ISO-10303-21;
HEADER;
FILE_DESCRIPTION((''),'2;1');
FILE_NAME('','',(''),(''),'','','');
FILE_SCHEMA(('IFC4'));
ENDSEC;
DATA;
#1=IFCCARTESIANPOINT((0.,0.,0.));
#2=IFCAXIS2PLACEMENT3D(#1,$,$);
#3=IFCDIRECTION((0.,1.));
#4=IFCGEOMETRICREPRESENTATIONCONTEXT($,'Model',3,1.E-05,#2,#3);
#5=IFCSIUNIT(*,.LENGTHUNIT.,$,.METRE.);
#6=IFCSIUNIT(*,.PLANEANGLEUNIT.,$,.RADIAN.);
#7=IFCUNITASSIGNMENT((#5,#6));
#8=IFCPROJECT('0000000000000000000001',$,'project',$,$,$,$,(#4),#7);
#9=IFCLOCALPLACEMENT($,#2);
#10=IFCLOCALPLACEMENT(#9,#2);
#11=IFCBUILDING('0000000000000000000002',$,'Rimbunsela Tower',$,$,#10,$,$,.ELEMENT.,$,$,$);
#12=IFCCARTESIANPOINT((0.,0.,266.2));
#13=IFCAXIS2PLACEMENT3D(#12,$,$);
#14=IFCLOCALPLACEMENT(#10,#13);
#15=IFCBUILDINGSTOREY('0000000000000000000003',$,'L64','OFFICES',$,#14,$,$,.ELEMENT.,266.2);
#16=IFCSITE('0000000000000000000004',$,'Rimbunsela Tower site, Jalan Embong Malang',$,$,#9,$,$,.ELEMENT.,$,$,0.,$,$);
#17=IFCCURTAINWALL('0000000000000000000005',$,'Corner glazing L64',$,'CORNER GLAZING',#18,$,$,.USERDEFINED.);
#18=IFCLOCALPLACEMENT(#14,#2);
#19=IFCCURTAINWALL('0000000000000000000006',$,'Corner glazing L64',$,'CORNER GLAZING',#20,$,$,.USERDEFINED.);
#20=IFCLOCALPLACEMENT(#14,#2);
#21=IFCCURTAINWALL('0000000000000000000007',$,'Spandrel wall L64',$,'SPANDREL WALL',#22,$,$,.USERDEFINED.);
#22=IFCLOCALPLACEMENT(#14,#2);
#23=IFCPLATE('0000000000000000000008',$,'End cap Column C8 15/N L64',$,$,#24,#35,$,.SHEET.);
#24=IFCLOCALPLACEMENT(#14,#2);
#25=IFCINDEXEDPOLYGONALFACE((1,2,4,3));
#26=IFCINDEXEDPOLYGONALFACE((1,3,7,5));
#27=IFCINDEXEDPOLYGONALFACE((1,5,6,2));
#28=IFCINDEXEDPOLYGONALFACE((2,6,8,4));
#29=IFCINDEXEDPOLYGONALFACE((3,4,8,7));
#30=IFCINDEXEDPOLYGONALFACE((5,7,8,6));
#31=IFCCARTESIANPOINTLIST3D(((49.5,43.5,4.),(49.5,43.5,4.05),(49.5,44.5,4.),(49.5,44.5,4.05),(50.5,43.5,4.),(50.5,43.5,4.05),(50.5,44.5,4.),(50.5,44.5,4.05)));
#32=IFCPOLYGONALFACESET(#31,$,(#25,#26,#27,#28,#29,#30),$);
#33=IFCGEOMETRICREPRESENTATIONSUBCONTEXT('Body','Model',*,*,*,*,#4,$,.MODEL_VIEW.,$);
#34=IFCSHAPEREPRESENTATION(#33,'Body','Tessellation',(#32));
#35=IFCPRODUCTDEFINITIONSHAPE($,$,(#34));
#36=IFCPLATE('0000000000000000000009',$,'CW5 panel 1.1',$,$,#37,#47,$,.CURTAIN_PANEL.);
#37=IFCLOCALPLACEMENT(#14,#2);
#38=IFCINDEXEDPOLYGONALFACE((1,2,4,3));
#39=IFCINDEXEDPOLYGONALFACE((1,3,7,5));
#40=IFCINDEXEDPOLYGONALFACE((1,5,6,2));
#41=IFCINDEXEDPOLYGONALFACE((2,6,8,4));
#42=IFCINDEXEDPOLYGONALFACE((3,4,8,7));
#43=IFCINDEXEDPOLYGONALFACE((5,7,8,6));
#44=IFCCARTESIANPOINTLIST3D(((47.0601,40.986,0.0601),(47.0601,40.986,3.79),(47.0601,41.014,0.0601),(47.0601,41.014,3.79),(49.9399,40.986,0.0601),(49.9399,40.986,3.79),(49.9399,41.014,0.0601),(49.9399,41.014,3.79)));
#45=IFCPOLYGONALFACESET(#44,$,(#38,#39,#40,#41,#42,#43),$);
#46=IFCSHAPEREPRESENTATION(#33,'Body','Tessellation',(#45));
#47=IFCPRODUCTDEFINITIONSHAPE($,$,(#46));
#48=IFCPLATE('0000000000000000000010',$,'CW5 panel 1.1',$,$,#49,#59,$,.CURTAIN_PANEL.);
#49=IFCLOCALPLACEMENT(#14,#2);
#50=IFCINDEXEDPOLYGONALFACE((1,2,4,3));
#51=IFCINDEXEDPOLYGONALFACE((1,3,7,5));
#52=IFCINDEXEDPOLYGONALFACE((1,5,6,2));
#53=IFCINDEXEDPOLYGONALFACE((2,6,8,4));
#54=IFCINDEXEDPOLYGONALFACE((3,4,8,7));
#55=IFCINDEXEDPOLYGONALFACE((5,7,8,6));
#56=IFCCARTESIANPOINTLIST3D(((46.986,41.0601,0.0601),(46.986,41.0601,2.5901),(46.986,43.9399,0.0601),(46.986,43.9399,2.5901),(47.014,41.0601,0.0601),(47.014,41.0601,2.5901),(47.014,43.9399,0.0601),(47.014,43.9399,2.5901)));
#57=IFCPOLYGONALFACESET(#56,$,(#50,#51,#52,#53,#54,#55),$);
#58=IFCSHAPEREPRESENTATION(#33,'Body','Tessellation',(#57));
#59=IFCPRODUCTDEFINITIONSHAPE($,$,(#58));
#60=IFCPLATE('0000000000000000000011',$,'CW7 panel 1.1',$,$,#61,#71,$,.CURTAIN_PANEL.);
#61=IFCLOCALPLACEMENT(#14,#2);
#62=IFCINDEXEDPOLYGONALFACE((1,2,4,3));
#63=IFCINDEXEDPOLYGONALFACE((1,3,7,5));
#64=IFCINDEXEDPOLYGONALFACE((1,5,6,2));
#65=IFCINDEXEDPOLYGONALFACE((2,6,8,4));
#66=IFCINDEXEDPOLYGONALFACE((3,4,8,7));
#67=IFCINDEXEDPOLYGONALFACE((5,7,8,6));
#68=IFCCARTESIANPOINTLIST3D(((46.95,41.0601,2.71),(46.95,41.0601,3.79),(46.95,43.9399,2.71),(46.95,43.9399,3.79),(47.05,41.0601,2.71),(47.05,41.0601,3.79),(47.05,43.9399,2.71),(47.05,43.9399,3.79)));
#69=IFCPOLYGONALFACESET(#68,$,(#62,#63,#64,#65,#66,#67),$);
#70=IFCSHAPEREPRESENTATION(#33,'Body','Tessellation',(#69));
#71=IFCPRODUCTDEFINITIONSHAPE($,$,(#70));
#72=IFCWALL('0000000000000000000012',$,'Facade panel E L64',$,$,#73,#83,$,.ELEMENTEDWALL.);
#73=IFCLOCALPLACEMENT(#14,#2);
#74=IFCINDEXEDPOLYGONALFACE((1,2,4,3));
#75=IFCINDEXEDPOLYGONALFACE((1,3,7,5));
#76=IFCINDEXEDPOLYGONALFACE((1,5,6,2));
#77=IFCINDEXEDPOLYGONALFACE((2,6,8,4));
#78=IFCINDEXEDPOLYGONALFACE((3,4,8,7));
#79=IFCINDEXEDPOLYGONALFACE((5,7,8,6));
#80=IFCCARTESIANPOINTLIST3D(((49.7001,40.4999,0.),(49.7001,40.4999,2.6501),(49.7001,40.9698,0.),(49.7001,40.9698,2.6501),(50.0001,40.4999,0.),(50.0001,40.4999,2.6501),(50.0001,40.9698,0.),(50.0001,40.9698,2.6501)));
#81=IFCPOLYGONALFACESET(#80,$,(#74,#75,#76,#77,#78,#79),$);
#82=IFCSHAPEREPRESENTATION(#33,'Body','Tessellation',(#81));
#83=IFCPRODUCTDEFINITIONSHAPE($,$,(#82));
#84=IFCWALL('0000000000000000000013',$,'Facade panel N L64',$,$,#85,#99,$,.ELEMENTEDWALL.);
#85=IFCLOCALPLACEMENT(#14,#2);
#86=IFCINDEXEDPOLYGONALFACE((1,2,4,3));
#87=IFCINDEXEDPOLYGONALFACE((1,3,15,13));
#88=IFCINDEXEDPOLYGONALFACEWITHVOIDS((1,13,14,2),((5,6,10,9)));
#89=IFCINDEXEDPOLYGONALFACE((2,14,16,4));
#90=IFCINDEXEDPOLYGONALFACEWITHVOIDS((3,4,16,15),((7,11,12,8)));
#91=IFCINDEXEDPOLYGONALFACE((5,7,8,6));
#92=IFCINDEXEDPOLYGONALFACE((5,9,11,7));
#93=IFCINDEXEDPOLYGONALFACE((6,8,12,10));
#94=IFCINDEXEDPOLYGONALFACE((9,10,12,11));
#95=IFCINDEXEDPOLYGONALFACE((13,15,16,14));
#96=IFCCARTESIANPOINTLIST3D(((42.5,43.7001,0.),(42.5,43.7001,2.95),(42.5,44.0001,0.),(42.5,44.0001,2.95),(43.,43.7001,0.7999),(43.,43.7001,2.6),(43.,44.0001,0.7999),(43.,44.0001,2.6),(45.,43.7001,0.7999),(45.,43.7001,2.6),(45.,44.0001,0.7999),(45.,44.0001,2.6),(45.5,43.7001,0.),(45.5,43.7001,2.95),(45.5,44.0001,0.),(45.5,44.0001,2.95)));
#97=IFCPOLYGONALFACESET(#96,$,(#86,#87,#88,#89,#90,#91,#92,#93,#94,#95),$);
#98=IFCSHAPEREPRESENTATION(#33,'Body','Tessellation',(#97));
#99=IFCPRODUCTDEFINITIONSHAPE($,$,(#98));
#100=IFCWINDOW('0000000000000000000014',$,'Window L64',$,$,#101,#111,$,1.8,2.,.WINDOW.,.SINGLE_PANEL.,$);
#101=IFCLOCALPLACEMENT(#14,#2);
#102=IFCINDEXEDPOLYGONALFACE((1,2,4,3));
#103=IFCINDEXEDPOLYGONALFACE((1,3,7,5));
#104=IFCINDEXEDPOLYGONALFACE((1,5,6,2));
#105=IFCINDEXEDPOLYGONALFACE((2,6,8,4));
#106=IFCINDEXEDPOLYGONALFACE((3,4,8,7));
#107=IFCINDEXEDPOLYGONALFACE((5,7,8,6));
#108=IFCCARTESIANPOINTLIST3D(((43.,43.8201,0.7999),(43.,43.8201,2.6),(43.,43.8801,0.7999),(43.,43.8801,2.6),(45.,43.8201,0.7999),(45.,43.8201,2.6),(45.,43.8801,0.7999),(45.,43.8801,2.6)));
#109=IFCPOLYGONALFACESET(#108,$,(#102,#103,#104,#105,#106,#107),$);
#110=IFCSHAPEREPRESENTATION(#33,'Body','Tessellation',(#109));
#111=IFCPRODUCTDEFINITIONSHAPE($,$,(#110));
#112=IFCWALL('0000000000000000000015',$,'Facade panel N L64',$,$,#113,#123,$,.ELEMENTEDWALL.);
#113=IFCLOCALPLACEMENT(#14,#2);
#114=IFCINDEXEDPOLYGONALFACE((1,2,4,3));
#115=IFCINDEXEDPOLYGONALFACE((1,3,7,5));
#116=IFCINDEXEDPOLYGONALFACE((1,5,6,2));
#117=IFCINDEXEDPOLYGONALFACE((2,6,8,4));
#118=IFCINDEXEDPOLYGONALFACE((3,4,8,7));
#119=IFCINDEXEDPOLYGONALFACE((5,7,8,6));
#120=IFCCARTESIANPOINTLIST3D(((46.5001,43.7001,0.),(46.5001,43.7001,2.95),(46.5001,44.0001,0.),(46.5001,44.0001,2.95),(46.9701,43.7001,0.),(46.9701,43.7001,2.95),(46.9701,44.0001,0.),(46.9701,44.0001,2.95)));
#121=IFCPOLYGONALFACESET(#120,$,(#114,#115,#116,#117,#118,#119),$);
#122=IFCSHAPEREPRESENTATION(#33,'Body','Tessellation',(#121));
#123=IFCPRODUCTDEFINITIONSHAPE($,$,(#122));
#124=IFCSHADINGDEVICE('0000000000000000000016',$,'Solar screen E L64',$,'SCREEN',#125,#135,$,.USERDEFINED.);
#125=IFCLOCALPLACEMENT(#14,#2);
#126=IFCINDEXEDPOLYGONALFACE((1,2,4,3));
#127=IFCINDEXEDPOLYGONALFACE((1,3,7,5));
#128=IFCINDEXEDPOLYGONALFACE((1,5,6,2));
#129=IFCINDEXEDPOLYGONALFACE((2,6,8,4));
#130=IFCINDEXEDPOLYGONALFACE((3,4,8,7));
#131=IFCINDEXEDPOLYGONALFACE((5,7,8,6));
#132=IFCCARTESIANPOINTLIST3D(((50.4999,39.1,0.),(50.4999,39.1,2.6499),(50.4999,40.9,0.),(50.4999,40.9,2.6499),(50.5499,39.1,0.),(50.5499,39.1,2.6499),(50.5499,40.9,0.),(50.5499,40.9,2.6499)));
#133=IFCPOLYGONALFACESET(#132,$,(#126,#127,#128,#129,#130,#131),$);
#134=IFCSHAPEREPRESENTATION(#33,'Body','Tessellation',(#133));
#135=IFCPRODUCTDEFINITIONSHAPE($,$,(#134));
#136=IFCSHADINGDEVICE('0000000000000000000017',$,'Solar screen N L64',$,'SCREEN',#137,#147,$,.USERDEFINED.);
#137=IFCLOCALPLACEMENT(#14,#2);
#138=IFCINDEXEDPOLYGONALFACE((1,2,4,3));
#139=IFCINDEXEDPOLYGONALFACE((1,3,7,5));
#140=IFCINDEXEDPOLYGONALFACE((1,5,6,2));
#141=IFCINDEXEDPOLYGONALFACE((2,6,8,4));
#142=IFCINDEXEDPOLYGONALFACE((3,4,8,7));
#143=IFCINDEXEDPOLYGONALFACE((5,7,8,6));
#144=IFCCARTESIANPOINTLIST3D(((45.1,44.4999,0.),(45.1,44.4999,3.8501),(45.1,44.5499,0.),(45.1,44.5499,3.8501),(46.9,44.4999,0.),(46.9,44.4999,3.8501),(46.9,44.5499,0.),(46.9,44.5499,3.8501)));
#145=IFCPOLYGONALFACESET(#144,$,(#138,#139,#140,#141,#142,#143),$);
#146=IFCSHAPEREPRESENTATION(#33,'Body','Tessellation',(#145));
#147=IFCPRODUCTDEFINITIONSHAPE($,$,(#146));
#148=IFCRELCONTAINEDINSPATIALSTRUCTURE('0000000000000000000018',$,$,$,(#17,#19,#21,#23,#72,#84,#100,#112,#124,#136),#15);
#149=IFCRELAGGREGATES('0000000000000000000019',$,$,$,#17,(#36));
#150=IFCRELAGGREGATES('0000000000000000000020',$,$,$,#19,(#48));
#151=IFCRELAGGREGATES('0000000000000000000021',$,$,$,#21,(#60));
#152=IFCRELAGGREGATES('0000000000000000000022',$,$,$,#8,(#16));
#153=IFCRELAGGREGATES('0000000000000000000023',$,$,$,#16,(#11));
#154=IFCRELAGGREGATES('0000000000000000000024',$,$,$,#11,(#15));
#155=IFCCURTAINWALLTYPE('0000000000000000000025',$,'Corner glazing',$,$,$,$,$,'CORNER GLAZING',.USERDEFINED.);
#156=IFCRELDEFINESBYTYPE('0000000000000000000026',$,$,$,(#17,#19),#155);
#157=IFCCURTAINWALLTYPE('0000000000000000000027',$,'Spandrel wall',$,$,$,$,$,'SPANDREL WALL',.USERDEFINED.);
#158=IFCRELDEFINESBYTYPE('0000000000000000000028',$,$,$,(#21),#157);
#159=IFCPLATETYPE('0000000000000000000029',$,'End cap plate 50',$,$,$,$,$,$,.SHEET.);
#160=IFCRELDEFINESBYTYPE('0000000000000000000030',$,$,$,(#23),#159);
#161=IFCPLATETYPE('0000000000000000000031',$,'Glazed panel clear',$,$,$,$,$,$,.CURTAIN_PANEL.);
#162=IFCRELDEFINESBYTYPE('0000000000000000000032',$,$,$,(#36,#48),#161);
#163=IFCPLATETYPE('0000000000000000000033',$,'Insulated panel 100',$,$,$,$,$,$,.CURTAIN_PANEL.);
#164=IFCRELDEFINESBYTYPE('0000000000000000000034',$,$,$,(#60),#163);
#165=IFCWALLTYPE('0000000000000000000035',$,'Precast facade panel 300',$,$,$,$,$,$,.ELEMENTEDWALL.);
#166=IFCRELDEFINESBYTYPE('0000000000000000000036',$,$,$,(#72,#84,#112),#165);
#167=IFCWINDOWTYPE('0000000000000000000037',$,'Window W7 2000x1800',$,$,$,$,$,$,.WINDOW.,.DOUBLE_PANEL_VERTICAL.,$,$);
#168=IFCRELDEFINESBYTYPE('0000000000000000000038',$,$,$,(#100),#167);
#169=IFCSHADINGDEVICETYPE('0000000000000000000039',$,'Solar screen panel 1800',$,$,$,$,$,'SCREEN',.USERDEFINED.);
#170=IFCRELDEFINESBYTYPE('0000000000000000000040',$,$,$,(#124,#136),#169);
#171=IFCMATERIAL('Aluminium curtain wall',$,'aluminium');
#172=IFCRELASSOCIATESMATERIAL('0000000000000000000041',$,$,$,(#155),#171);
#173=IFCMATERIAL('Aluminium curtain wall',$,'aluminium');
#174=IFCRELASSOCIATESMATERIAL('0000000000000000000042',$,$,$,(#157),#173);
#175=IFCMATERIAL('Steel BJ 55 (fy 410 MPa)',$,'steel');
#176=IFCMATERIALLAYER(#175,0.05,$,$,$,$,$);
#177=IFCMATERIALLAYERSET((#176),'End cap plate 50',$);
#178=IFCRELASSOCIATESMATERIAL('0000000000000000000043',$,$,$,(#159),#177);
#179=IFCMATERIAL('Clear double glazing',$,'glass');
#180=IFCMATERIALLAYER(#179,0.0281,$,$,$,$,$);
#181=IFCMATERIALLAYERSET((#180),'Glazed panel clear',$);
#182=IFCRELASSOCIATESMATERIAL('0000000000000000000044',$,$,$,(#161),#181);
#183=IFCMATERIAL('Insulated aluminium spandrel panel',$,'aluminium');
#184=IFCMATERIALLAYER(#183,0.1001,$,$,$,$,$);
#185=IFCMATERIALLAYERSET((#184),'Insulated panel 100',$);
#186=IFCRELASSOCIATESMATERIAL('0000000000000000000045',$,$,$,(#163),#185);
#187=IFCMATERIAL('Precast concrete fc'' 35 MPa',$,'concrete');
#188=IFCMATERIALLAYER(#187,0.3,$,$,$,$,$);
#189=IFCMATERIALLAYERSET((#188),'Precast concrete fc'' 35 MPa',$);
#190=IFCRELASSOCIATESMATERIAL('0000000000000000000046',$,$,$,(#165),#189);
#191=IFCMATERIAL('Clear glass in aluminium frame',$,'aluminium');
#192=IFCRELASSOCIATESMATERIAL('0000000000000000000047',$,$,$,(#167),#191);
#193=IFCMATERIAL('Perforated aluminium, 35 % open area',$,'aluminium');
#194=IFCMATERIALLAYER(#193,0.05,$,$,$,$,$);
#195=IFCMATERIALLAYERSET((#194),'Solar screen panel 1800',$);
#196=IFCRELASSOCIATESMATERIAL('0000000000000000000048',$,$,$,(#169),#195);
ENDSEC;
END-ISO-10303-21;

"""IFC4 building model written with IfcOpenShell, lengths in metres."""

from ifc_helpers import new_model, si_unit, direction, frame, frame_2d, origin, origin_2d, place, context, subcontext, project, spatial, rectangle, extrude, material, layer, layer_set, type_object, element, fill, aggregate, save


model = new_model("IFC4")

# Units and contexts
model_context = context("Model", 3, precision=1e-05, world=origin(), true_north=direction((0.0, 1.0)))
body_context = subcontext(model_context, "Body", "Model", "MODEL_VIEW")
ifc_project = project(units=[si_unit("LENGTHUNIT", "METRE"), si_unit("PLANEANGLEUNIT", "RADIAN")], contexts=[model_context])

# Site, building, storey
site_placement = place(None, origin())
site = spatial("IfcSite", under=ifc_project, at=site_placement, Name="Rimbunsela Tower site, Jalan Embong Malang", CompositionType="ELEMENT", RefElevation=0.0)
building_placement = place(site_placement, origin())
building = spatial("IfcBuilding", under=site, at=building_placement, Name="Rimbunsela Tower", CompositionType="ELEMENT")
storey_placement = place(building_placement, frame((0.0, 0.0, 266.2)))
storey = spatial("IfcBuildingStorey", under=building, at=storey_placement, Name="L64", Description="OFFICES", CompositionType="ELEMENT", Elevation=266.2)

# Curtain walls
ifc_material_1 = material(Name="Aluminium curtain wall", Category="aluminium")
curtain_wall_type_1 = type_object("IfcCurtainWallType", Name="Corner glazing", ElementType="CORNER GLAZING", PredefinedType="USERDEFINED", material=ifc_material_1)
curtain_wall_1_placement = place(storey_placement, origin())
curtain_wall_1 = element("IfcCurtainWall", 1, at=curtain_wall_1_placement, inside=storey, type_object=curtain_wall_type_1, Name="Corner glazing L64", ObjectType="CORNER GLAZING", PredefinedType="USERDEFINED")
curtain_wall_2_placement = place(storey_placement, origin())
curtain_wall_2 = element("IfcCurtainWall", 2, at=curtain_wall_2_placement, inside=storey, type_object=curtain_wall_type_1, Name="Corner glazing L64", ObjectType="CORNER GLAZING", PredefinedType="USERDEFINED")
ifc_material_2 = material(Name="Aluminium curtain wall", Category="aluminium")
curtain_wall_type_2 = type_object("IfcCurtainWallType", Name="Spandrel wall", ElementType="SPANDREL WALL", PredefinedType="USERDEFINED", material=ifc_material_2)
curtain_wall_3_placement = place(storey_placement, origin())
curtain_wall_3 = element("IfcCurtainWall", 3, at=curtain_wall_3_placement, inside=storey, type_object=curtain_wall_type_2, Name="Spandrel wall L64", ObjectType="SPANDREL WALL", PredefinedType="USERDEFINED")

# Plates
ifc_material_3 = material(Name="Steel BJ 55 (fy 410 MPa)", Category="steel")
ifc_layer_1 = layer(ifc_material_3, 0.05)
ifc_layer_set_1 = layer_set([ifc_layer_1], Name="End cap plate 50")
plate_type_1 = type_object("IfcPlateType", Name="End cap plate 50", PredefinedType="SHEET", material=ifc_layer_set_1)
plate_1_placement = place(storey_placement, frame((50.0, 44.0, 4.0), z_axis=(0.0, 0.0, 1.0), x_axis=(1.0, 0.0, 0.0)))
element("IfcPlate", 4, at=plate_1_placement, inside=storey, type_object=plate_type_1, Name="End cap Column C8 15/N L64", PredefinedType="SHEET", context=body_context, shape_type="SweptSolid", body=[
    extrude(rectangle(XDim=1.0, YDim=1.0, at=origin_2d()), origin(), (0.0, 0.0, 1.0), 0.05),
])
ifc_material_4 = material(Name="Clear double glazing", Category="glass")
ifc_layer_2 = layer(ifc_material_4, 0.0281)
ifc_layer_set_2 = layer_set([ifc_layer_2], Name="Glazed panel clear")
plate_type_2 = type_object("IfcPlateType", Name="Glazed panel clear", PredefinedType="CURTAIN_PANEL", material=ifc_layer_set_2)
plate_2_placement = place(storey_placement, frame((48.5, 41.0, 0.0601), z_axis=(0.0, 0.0, 1.0), x_axis=(-1.0, 0.0, 0.0)))
plate_2 = element("IfcPlate", 5, at=plate_2_placement, type_object=plate_type_2, Name="CW5 panel 1.1", PredefinedType="CURTAIN_PANEL", context=body_context, shape_type="SweptSolid", body=[
    extrude(rectangle(XDim=2.8799, YDim=0.0281, at=origin_2d()), origin(), (0.0, 0.0, 1.0), 3.73),
])
aggregate(curtain_wall_1, [plate_2])
plate_3_placement = place(storey_placement, frame((47.0, 42.5, 0.0601), z_axis=(0.0, 0.0, 1.0), x_axis=(0.0, 1.0, 0.0)))
plate_3 = element("IfcPlate", 6, at=plate_3_placement, type_object=plate_type_2, Name="CW5 panel 1.1", PredefinedType="CURTAIN_PANEL", context=body_context, shape_type="SweptSolid", body=[
    extrude(rectangle(XDim=2.8799, YDim=0.0281, at=origin_2d()), origin(), (0.0, 0.0, 1.0), 2.53),
])
aggregate(curtain_wall_2, [plate_3])
ifc_material_5 = material(Name="Insulated aluminium spandrel panel", Category="aluminium")
ifc_layer_3 = layer(ifc_material_5, 0.1001)
ifc_layer_set_3 = layer_set([ifc_layer_3], Name="Insulated panel 100")
plate_type_3 = type_object("IfcPlateType", Name="Insulated panel 100", PredefinedType="CURTAIN_PANEL", material=ifc_layer_set_3)
plate_4_placement = place(storey_placement, frame((47.0, 42.5, 2.71), z_axis=(0.0, 0.0, 1.0), x_axis=(0.0, 1.0, 0.0)))
plate_4 = element("IfcPlate", 7, at=plate_4_placement, type_object=plate_type_3, Name="CW7 panel 1.1", PredefinedType="CURTAIN_PANEL", context=body_context, shape_type="SweptSolid", body=[
    extrude(rectangle(XDim=2.8799, YDim=0.1001, at=origin_2d()), origin(), (0.0, 0.0, 1.0), 1.0801),
])
aggregate(curtain_wall_3, [plate_4])

# Wall
ifc_material_6 = material(Name="Precast concrete fc' 35 MPa", Category="concrete")
ifc_layer_4 = layer(ifc_material_6, 0.3)
ifc_layer_set_4 = layer_set([ifc_layer_4], Name="Precast concrete fc' 35 MPa")
wall_type = type_object("IfcWallType", Name="Precast facade panel 300", PredefinedType="ELEMENTEDWALL", material=ifc_layer_set_4)
wall_1_placement = place(storey_placement, frame((49.8501, 40.5, 0.0), z_axis=(0.0, 0.0, 1.0), x_axis=(0.0, 1.0, 0.0)))
element("IfcWall", 8, at=wall_1_placement, inside=storey, type_object=wall_type, Name="Facade panel E L64", PredefinedType="ELEMENTEDWALL", context=body_context, shape_type="SweptSolid", body=[
    extrude(rectangle(XDim=0.47, YDim=0.3, at=frame_2d((0.2349, 0.0))), origin(), (0.0, 0.0, 1.0), 2.6501),
])

# Wall, opening, window
wall_2_placement = place(storey_placement, frame((45.5, 43.8501, 0.0), z_axis=(0.0, 0.0, 1.0), x_axis=(-1.0, 0.0, 0.0)))
wall_2 = element("IfcWall", 9, at=wall_2_placement, inside=storey, type_object=wall_type, Name="Facade panel N L64", PredefinedType="ELEMENTEDWALL", context=body_context, shape_type="SweptSolid", body=[
    extrude(rectangle(XDim=3.0, YDim=0.3, at=frame_2d((1.5, 0.0))), origin(), (0.0, 0.0, 1.0), 2.95),
])
opening_placement = place(wall_2_placement, frame((0.5, 0.0, 0.8)))
opening = element("IfcOpeningElement", 10, at=opening_placement, cuts=wall_2, PredefinedType="OPENING", context=body_context, shape_type="SweptSolid", body=[
    extrude(rectangle(XDim=2.0, YDim=1.8, at=frame_2d((1.0, 0.8999))), frame((0.0, 0.1599, 0.0), z_axis=(0.0, -1.0, 0.0), x_axis=(1.0, 0.0, 0.0)), (0.0, 0.0, 1.0), 0.3201),
])
ifc_material_7 = material(Name="Clear glass in aluminium frame", Category="aluminium")
window_type = type_object("IfcWindowType", Name="Window W7 2000x1800", PartitioningType="DOUBLE_PANEL_VERTICAL", PredefinedType="WINDOW", material=ifc_material_7)
window_placement = place(opening_placement, origin())
window = element("IfcWindow", 11, at=window_placement, inside=storey, type_object=window_type, Name="Window L64", OverallHeight=1.8, OverallWidth=2.0, PartitioningType="SINGLE_PANEL", PredefinedType="WINDOW", context=body_context, shape_type="SweptSolid", body=[
    extrude(rectangle(XDim=2.0, YDim=1.8, at=frame_2d((1.0, 0.8999))), frame((0.0, 0.03, 0.0), z_axis=(0.0, -1.0, 0.0), x_axis=(1.0, 0.0, 0.0)), (0.0, 0.0, 1.0), 0.0601),
])
fill(opening, window)

# Wall
wall_3_placement = place(storey_placement, frame((46.97, 43.8501, 0.0), z_axis=(0.0, 0.0, 1.0), x_axis=(-1.0, 0.0, 0.0)))
element("IfcWall", 12, at=wall_3_placement, inside=storey, type_object=wall_type, Name="Facade panel N L64", PredefinedType="ELEMENTEDWALL", context=body_context, shape_type="SweptSolid", body=[
    extrude(rectangle(XDim=0.47, YDim=0.3, at=frame_2d((0.2349, 0.0))), origin(), (0.0, 0.0, 1.0), 2.95),
])

# Shading devices
ifc_material_8 = material(Name="Perforated aluminium, 35 % open area", Category="aluminium")
ifc_layer_5 = layer(ifc_material_8, 0.05)
ifc_layer_set_5 = layer_set([ifc_layer_5], Name="Solar screen panel 1800")
shading_device_type = type_object("IfcShadingDeviceType", Name="Solar screen panel 1800", ElementType="SCREEN", PredefinedType="USERDEFINED", material=ifc_layer_set_5)
shading_device_1_placement = place(storey_placement, frame((50.5249, 40.0, 0.0), z_axis=(0.0, 0.0, 1.0), x_axis=(0.0, 1.0, 0.0)))
element("IfcShadingDevice", 13, at=shading_device_1_placement, inside=storey, type_object=shading_device_type, Name="Solar screen E L64", ObjectType="SCREEN", PredefinedType="USERDEFINED", context=body_context, shape_type="SweptSolid", body=[
    extrude(rectangle(XDim=1.8, YDim=0.05, at=origin_2d()), origin(), (0.0, 0.0, 1.0), 2.6499),
])
shading_device_2_placement = place(storey_placement, frame((46.0, 44.5249, 0.0), z_axis=(0.0, 0.0, 1.0), x_axis=(1.0, 0.0, 0.0)))
element("IfcShadingDevice", 14, at=shading_device_2_placement, inside=storey, type_object=shading_device_type, Name="Solar screen N L64", ObjectType="SCREEN", PredefinedType="USERDEFINED", context=body_context, shape_type="SweptSolid", body=[
    extrude(rectangle(XDim=1.8, YDim=0.05, at=origin_2d()), origin(), (0.0, 0.0, 1.0), 3.8501),
])

save(model, "model.ifc")
